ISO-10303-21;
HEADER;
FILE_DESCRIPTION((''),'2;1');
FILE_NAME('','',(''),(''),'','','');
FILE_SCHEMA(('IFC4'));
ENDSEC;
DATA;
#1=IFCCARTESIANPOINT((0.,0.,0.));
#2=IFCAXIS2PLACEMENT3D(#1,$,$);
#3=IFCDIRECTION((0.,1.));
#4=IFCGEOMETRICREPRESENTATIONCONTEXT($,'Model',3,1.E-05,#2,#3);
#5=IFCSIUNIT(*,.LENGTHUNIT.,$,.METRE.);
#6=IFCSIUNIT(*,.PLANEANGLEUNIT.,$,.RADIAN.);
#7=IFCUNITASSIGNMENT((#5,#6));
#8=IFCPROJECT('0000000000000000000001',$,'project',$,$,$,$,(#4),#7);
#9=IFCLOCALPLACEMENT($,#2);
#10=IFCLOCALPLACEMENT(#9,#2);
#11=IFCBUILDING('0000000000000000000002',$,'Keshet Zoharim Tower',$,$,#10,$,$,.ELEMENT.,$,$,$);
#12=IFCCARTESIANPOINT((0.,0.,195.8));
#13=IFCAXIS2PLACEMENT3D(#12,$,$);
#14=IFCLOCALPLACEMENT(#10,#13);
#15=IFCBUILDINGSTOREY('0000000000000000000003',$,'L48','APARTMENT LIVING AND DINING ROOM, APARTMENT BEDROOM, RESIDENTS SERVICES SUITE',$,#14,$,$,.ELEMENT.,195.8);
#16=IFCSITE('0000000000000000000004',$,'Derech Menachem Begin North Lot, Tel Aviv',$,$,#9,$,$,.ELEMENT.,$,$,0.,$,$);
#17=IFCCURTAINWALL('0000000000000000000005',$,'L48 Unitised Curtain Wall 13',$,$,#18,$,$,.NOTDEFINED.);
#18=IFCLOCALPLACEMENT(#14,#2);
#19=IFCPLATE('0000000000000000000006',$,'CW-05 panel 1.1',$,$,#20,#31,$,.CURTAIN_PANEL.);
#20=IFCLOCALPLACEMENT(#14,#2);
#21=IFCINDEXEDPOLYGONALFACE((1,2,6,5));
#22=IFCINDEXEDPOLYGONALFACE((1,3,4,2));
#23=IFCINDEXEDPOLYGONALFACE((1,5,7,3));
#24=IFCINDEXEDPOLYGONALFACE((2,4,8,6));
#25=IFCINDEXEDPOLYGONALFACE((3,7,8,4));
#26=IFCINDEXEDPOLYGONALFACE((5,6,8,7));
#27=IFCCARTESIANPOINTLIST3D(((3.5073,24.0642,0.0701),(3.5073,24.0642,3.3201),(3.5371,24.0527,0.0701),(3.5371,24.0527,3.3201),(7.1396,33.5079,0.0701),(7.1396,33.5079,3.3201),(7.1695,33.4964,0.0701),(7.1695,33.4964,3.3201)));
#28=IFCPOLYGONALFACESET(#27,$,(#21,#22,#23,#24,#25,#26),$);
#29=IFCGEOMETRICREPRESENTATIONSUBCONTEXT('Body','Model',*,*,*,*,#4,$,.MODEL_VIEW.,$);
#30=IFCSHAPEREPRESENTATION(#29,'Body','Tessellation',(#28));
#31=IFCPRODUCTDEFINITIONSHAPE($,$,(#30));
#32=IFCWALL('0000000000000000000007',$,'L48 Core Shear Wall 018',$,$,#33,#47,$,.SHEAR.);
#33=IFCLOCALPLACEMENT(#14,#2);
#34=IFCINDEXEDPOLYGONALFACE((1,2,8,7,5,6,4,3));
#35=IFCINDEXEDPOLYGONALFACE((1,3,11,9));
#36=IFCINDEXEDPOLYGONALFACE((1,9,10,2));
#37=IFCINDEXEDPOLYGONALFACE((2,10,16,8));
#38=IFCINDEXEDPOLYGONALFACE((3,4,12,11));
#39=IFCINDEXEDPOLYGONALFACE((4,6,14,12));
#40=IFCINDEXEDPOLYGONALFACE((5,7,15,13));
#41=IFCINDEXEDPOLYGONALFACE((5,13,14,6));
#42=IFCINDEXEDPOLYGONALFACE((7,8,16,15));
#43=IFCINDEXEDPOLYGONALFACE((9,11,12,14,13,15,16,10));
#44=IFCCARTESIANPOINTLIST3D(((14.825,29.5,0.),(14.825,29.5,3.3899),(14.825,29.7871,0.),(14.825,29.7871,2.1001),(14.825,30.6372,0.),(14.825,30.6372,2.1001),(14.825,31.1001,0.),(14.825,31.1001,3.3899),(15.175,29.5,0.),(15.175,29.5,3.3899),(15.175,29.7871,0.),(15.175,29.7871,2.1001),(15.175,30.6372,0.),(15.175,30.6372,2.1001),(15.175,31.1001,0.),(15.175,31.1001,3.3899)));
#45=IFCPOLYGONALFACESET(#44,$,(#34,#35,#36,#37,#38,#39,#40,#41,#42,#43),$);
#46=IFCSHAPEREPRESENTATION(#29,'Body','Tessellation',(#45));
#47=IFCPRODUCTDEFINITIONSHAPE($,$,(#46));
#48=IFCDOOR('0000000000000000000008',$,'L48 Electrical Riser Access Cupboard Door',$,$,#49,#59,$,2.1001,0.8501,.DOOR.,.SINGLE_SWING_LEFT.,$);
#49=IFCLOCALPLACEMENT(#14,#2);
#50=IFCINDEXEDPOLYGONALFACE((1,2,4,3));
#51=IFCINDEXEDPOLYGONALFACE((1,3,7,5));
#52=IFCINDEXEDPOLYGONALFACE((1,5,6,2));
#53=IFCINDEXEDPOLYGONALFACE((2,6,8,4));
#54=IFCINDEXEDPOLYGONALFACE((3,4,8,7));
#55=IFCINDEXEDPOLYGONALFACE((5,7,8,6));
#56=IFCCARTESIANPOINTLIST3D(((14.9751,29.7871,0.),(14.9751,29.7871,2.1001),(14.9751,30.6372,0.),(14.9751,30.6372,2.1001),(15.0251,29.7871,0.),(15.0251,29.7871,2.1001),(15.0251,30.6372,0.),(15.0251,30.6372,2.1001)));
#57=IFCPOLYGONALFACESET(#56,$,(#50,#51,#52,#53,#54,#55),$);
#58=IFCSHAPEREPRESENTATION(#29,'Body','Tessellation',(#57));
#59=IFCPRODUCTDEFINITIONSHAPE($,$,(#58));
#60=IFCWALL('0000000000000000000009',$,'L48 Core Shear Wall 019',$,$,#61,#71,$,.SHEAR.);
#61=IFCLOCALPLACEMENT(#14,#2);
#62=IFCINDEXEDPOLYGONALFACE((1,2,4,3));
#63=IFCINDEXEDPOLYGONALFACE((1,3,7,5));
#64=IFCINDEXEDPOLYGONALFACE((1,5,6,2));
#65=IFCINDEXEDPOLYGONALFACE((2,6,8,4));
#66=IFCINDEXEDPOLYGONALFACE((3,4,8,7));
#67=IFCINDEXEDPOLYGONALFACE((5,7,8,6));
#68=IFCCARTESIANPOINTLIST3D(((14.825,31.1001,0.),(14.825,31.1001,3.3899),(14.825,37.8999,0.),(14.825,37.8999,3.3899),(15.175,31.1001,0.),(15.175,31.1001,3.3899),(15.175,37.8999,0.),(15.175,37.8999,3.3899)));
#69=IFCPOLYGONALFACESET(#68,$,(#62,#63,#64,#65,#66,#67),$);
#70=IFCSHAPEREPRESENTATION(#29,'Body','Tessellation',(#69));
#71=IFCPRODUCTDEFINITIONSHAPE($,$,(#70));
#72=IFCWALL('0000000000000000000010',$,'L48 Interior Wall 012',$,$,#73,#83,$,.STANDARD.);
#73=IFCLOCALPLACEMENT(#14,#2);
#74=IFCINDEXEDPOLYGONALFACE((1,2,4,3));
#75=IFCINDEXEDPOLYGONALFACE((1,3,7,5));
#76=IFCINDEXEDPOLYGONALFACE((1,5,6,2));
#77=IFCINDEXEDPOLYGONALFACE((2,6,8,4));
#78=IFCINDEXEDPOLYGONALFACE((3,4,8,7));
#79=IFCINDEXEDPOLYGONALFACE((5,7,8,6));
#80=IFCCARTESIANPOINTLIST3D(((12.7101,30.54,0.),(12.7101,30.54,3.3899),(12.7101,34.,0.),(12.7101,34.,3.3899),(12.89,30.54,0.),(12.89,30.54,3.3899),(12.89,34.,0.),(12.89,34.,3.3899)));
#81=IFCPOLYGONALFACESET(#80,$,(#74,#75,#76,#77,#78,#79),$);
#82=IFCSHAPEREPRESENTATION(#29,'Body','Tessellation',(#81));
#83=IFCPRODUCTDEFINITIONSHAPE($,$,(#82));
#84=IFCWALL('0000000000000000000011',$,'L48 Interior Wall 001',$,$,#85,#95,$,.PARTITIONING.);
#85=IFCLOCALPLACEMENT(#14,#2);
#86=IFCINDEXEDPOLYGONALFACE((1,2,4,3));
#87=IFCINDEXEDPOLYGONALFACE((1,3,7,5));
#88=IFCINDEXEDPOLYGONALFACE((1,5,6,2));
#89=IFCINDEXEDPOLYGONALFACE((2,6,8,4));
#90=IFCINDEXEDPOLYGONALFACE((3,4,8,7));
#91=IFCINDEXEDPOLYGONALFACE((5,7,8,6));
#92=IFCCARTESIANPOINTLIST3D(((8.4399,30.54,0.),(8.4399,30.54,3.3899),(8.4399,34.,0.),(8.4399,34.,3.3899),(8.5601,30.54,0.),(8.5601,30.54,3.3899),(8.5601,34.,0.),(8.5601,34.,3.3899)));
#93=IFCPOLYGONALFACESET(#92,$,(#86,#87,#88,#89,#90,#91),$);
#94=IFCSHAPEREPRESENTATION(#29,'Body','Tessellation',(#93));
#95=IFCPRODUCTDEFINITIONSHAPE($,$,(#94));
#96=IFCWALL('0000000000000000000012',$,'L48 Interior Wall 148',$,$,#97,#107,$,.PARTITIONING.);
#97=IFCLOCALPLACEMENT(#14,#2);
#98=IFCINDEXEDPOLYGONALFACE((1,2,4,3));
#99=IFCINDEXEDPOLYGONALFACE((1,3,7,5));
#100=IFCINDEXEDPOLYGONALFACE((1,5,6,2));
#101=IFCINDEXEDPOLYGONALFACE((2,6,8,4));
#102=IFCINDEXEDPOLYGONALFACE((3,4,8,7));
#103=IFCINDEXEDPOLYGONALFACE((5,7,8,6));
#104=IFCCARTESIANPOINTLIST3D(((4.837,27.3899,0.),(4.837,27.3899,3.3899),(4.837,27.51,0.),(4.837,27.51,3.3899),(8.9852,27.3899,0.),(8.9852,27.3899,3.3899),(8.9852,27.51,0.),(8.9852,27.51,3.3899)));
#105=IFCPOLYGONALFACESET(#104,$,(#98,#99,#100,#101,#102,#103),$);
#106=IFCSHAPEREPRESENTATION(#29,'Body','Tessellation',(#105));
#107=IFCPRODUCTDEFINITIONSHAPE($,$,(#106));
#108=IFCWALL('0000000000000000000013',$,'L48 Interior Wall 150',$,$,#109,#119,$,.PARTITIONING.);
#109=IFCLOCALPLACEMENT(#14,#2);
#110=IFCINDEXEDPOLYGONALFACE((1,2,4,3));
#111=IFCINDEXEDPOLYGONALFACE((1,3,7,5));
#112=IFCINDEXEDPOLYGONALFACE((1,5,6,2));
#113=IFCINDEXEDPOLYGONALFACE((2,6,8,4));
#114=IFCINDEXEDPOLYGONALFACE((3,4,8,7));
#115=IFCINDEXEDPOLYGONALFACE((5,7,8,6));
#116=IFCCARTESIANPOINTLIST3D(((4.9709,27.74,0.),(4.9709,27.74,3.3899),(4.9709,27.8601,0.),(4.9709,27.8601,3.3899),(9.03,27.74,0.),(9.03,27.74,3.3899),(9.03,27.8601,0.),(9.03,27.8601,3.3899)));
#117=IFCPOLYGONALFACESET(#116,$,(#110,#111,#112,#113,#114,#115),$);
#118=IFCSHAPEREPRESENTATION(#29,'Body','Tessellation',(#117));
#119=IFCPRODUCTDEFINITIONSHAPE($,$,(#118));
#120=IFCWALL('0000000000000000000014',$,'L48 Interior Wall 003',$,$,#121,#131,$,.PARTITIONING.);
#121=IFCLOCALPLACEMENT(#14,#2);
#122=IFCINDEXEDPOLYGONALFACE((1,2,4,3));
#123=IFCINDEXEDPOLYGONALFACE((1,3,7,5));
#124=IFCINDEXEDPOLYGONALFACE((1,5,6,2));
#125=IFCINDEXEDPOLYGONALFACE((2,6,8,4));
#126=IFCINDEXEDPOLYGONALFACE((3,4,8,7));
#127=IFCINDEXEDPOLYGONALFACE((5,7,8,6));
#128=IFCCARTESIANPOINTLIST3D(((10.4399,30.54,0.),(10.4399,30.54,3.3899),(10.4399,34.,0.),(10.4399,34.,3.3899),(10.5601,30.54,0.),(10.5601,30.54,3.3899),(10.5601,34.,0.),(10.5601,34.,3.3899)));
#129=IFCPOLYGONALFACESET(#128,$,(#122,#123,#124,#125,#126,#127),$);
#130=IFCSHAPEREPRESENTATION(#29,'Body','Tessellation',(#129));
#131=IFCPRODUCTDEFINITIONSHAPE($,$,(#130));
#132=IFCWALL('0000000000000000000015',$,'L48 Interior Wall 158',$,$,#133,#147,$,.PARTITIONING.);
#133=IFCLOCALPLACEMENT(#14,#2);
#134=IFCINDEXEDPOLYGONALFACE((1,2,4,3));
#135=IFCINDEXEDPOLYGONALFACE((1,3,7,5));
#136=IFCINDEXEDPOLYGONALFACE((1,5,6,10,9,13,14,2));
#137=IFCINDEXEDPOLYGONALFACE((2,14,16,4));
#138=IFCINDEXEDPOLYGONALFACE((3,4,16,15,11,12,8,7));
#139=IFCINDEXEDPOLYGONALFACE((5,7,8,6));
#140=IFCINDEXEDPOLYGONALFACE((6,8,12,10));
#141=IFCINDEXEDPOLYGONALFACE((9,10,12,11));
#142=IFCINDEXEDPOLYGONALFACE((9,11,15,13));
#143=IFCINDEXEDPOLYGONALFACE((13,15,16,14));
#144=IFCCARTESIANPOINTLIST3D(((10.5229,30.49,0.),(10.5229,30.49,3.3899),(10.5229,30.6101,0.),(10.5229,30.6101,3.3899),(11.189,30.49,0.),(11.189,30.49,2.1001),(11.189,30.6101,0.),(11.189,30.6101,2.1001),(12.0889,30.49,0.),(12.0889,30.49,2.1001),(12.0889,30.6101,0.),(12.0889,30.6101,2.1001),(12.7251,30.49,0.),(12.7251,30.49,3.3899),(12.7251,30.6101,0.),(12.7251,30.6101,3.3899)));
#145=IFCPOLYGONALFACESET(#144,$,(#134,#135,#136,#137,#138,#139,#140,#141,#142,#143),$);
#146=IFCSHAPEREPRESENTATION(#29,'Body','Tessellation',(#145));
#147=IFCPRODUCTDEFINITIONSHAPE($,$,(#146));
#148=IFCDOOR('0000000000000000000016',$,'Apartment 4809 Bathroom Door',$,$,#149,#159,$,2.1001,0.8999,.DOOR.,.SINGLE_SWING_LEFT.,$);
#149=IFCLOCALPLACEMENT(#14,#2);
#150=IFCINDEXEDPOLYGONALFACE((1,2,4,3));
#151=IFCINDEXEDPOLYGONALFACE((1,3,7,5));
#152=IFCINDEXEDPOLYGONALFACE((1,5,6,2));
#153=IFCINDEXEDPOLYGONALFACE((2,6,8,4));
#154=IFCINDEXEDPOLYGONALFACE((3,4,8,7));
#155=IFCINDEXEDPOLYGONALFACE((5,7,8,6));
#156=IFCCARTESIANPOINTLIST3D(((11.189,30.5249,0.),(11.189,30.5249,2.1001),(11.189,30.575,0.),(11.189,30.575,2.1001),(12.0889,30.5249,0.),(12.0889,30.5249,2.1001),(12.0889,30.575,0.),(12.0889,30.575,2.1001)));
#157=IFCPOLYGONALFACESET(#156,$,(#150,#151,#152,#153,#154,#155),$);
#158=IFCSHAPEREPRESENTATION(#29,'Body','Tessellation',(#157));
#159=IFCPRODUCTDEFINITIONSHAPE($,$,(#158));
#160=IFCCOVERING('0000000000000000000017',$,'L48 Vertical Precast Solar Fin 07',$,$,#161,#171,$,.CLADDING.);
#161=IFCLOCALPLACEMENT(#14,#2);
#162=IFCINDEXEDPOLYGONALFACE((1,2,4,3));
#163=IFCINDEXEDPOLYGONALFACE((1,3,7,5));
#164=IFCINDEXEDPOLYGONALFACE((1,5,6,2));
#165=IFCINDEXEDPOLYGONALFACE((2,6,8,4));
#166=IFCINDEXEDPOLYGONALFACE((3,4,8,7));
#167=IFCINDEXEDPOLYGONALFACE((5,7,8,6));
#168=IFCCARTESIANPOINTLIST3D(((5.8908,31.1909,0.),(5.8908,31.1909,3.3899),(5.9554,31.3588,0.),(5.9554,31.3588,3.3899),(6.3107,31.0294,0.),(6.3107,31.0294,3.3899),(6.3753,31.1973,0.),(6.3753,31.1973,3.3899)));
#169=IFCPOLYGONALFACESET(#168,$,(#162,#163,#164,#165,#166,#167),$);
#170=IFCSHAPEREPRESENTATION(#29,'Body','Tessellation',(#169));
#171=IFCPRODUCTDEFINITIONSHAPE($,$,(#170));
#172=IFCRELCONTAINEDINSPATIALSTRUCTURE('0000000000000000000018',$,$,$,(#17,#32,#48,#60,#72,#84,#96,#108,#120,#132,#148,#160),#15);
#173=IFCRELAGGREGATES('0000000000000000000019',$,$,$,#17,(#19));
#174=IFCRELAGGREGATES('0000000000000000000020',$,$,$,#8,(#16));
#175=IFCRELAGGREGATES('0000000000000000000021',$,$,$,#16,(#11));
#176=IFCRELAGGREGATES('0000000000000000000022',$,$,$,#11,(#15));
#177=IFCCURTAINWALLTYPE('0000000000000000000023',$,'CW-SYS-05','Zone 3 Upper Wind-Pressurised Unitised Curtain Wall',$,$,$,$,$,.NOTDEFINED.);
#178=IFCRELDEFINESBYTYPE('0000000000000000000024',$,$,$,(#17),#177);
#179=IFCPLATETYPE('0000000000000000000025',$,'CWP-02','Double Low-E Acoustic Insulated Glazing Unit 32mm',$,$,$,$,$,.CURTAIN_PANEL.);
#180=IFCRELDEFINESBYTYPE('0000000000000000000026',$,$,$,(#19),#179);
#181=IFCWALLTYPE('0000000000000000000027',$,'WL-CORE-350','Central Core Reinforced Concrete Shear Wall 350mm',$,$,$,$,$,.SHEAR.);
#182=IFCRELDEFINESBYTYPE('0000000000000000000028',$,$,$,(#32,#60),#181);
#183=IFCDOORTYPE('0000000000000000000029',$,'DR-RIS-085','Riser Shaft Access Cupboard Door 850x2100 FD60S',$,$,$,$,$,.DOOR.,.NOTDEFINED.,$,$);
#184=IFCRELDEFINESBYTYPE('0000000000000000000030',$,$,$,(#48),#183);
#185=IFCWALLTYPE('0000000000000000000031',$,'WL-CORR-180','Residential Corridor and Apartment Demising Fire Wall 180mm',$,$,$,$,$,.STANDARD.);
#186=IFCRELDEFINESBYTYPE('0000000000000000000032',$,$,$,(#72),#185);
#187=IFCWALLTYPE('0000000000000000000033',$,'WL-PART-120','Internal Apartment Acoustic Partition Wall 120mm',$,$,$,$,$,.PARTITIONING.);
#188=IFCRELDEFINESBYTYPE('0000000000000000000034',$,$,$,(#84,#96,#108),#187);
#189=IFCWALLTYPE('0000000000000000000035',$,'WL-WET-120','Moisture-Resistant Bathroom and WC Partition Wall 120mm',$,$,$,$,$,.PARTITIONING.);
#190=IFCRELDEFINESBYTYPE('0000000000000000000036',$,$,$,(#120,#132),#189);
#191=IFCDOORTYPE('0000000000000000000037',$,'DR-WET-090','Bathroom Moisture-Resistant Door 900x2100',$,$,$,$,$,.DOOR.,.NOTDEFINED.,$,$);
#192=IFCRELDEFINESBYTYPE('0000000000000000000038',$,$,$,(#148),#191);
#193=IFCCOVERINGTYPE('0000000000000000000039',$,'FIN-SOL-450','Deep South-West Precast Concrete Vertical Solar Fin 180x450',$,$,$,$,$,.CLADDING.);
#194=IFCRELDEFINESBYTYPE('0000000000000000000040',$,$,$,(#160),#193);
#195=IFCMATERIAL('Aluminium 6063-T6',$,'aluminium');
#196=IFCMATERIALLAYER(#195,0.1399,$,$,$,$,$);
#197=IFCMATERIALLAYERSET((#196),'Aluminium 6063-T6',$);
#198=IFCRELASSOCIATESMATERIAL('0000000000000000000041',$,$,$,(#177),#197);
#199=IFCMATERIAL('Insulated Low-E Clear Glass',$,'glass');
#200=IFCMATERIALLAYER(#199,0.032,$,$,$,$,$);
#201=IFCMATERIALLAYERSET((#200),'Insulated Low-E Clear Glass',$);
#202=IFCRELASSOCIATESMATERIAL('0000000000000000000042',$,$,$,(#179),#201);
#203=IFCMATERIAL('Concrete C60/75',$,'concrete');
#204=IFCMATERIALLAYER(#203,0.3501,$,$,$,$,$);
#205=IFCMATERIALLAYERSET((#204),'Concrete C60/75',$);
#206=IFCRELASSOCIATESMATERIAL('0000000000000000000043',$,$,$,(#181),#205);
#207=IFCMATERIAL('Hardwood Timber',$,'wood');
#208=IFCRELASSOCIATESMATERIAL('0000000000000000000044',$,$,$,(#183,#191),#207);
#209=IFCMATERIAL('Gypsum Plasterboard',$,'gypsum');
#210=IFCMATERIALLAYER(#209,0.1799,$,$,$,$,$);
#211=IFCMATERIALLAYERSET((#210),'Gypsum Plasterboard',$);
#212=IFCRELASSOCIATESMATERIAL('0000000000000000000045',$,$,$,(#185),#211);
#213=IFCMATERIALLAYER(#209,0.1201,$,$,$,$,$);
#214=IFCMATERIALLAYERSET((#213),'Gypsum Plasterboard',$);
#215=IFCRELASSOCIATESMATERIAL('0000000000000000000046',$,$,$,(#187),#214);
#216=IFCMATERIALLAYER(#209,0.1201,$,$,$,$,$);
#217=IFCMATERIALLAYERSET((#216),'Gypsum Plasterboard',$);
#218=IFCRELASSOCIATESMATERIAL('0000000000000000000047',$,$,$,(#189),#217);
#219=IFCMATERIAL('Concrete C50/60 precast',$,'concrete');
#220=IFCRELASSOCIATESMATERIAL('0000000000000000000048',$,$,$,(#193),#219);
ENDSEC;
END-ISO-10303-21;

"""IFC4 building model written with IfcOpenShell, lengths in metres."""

from ifc_helpers import new_model, si_unit, direction, frame, frame_2d, origin, origin_2d, place, context, subcontext, project, spatial, rectangle, extrude, material, layer, layer_set, type_object, element, fill, aggregate, save


model = new_model("IFC4")

# Units and contexts
model_context = context("Model", 3, precision=1e-05, world=origin(), true_north=direction((0.0, 1.0)))
body_context = subcontext(model_context, "Body", "Model", "MODEL_VIEW")
ifc_project = project(units=[si_unit("LENGTHUNIT", "METRE"), si_unit("PLANEANGLEUNIT", "RADIAN")], contexts=[model_context])

# Site, building, storey
site_placement = place(None, origin())
site = spatial("IfcSite", under=ifc_project, at=site_placement, Name="Derech Menachem Begin North Lot, Tel Aviv", CompositionType="ELEMENT", RefElevation=0.0)
building_placement = place(site_placement, origin())
building = spatial("IfcBuilding", under=site, at=building_placement, Name="Keshet Zoharim Tower", CompositionType="ELEMENT")
storey_placement = place(building_placement, frame((0.0, 0.0, 195.8)))
storey = spatial("IfcBuildingStorey", under=building, at=storey_placement, Name="L48", Description="APARTMENT LIVING AND DINING ROOM, APARTMENT BEDROOM, RESIDENTS SERVICES SUITE", CompositionType="ELEMENT", Elevation=195.8)

# Curtain wall, plate
ifc_material_1 = material(Name="Aluminium 6063-T6", Category="aluminium")
ifc_layer_1 = layer(ifc_material_1, 0.1399)
ifc_layer_set_1 = layer_set([ifc_layer_1], Name="Aluminium 6063-T6")
curtain_wall_type = type_object("IfcCurtainWallType", Name="CW-SYS-05", Description="Zone 3 Upper Wind-Pressurised Unitised Curtain Wall", PredefinedType="NOTDEFINED", material=ifc_layer_set_1)
curtain_wall_placement = place(storey_placement, origin())
curtain_wall = element("IfcCurtainWall", 1, at=curtain_wall_placement, inside=storey, type_object=curtain_wall_type, Name="L48 Unitised Curtain Wall 13", PredefinedType="NOTDEFINED")
ifc_material_2 = material(Name="Insulated Low-E Clear Glass", Category="glass")
ifc_layer_2 = layer(ifc_material_2, 0.032)
ifc_layer_set_2 = layer_set([ifc_layer_2], Name="Insulated Low-E Clear Glass")
plate_type = type_object("IfcPlateType", Name="CWP-02", Description="Double Low-E Acoustic Insulated Glazing Unit 32mm", PredefinedType="CURTAIN_PANEL", material=ifc_layer_set_2)
plate_placement = place(storey_placement, frame((5.3384, 28.7803, 0.0701), z_axis=(0.0, 0.0, 1.0), x_axis=(0.35899, 0.933341, 0.0)))
plate = element("IfcPlate", 2, at=plate_placement, type_object=plate_type, Name="CW-05 panel 1.1", PredefinedType="CURTAIN_PANEL", context=body_context, shape_type="SweptSolid", body=[
    extrude(rectangle(XDim=10.1182, YDim=0.032, at=origin_2d()), origin(), (0.0, 0.0, 1.0), 3.25),
])
aggregate(curtain_wall, [plate])

# Wall, opening, door
ifc_material_3 = material(Name="Concrete C60/75", Category="concrete")
ifc_layer_3 = layer(ifc_material_3, 0.3501)
ifc_layer_set_3 = layer_set([ifc_layer_3], Name="Concrete C60/75")
wall_type_1 = type_object("IfcWallType", Name="WL-CORE-350", Description="Central Core Reinforced Concrete Shear Wall 350mm", PredefinedType="SHEAR", material=ifc_layer_set_3)
wall_1_placement = place(storey_placement, frame((15.0, 29.5, 0.0), z_axis=(0.0, 0.0, 1.0), x_axis=(0.0, 1.0, 0.0)))
wall_1 = element("IfcWall", 3, at=wall_1_placement, inside=storey, type_object=wall_type_1, Name="L48 Core Shear Wall 018", PredefinedType="SHEAR", context=body_context, shape_type="SweptSolid", body=[
    extrude(rectangle(XDim=1.6001, YDim=0.3501, at=frame_2d((0.8, 0.0))), origin(), (0.0, 0.0, 1.0), 3.3899),
])
opening_1_placement = place(wall_1_placement, frame((0.2871, 0.0, 0.0)))
opening_1 = element("IfcOpeningElement", 4, at=opening_1_placement, cuts=wall_1, PredefinedType="OPENING", context=body_context, shape_type="SweptSolid", body=[
    extrude(rectangle(XDim=0.8501, YDim=2.1001, at=frame_2d((0.425, 1.05))), frame((0.0, 0.1851, 0.0), z_axis=(0.0, -1.0, 0.0), x_axis=(1.0, 0.0, 0.0)), (0.0, 0.0, 1.0), 0.3701),
])
ifc_material_4 = material(Name="Hardwood Timber", Category="wood")
door_type_1 = type_object("IfcDoorType", Name="DR-RIS-085", Description="Riser Shaft Access Cupboard Door 850x2100 FD60S", OperationType="NOTDEFINED", PredefinedType="DOOR", material=ifc_material_4)
door_1_placement = place(opening_1_placement, origin())
door_1 = element("IfcDoor", 5, at=door_1_placement, inside=storey, type_object=door_type_1, Name="L48 Electrical Riser Access Cupboard Door", OperationType="SINGLE_SWING_LEFT", OverallHeight=2.1001, OverallWidth=0.8501, PredefinedType="DOOR", context=body_context, shape_type="SweptSolid", body=[
    extrude(rectangle(XDim=0.8501, YDim=2.1001, at=frame_2d((0.425, 1.05))), frame((0.0, 0.0249, 0.0), z_axis=(0.0, -1.0, 0.0), x_axis=(1.0, 0.0, 0.0)), (0.0, 0.0, 1.0), 0.05),
])
fill(opening_1, door_1)

# Wall
wall_2_placement = place(storey_placement, frame((15.0, 31.1001, 0.0), z_axis=(0.0, 0.0, 1.0), x_axis=(0.0, 1.0, 0.0)))
element("IfcWall", 6, at=wall_2_placement, inside=storey, type_object=wall_type_1, Name="L48 Core Shear Wall 019", PredefinedType="SHEAR", context=body_context, shape_type="SweptSolid", body=[
    extrude(rectangle(XDim=6.7998, YDim=0.3501, at=frame_2d((3.3999, 0.0))), origin(), (0.0, 0.0, 1.0), 3.3899),
])

# Shared definitions
ifc_material_5 = material(Name="Gypsum Plasterboard", Category="gypsum")
ifc_layer_4 = layer(ifc_material_5, 0.1799)
ifc_layer_set_4 = layer_set([ifc_layer_4], Name="Gypsum Plasterboard")
wall_type_2 = type_object("IfcWallType", Name="WL-CORR-180", Description="Residential Corridor and Apartment Demising Fire Wall 180mm", PredefinedType="STANDARD", material=ifc_layer_set_4)

# Walls
wall_3_placement = place(storey_placement, frame((12.8, 30.54, 0.0), z_axis=(0.0, 0.0, 1.0), x_axis=(0.0, 1.0, 0.0)))
element("IfcWall", 7, at=wall_3_placement, inside=storey, type_object=wall_type_2, Name="L48 Interior Wall 012", PredefinedType="STANDARD", context=body_context, shape_type="SweptSolid", body=[
    extrude(rectangle(XDim=3.46, YDim=0.1799, at=frame_2d((1.73, 0.0))), origin(), (0.0, 0.0, 1.0), 3.3899),
])
ifc_layer_5 = layer(ifc_material_5, 0.1201)
ifc_layer_set_5 = layer_set([ifc_layer_5], Name="Gypsum Plasterboard")
wall_type_3 = type_object("IfcWallType", Name="WL-PART-120", Description="Internal Apartment Acoustic Partition Wall 120mm", PredefinedType="PARTITIONING", material=ifc_layer_set_5)
wall_4_placement = place(storey_placement, frame((8.5, 30.54, 0.0), z_axis=(0.0, 0.0, 1.0), x_axis=(0.0, 1.0, 0.0)))
element("IfcWall", 8, at=wall_4_placement, inside=storey, type_object=wall_type_3, Name="L48 Interior Wall 001", PredefinedType="PARTITIONING", context=body_context, shape_type="SweptSolid", body=[
    extrude(rectangle(XDim=3.46, YDim=0.1201, at=frame_2d((1.73, 0.0))), origin(), (0.0, 0.0, 1.0), 3.3899),
])
wall_5_placement = place(storey_placement, frame((4.8369, 27.45, 0.0), z_axis=(0.0, 0.0, 1.0), x_axis=(1.0, 0.0, 0.0)))
element("IfcWall", 9, at=wall_5_placement, inside=storey, type_object=wall_type_3, Name="L48 Interior Wall 148", PredefinedType="PARTITIONING", context=body_context, shape_type="SweptSolid", body=[
    extrude(rectangle(XDim=4.1482, YDim=0.1201, at=frame_2d((2.0742, 0.0))), origin(), (0.0, 0.0, 1.0), 3.3899),
])
wall_6_placement = place(storey_placement, frame((4.9709, 27.8, 0.0), z_axis=(0.0, 0.0, 1.0), x_axis=(1.0, 0.0, 0.0)))
element("IfcWall", 10, at=wall_6_placement, inside=storey, type_object=wall_type_3, Name="L48 Interior Wall 150", PredefinedType="PARTITIONING", context=body_context, shape_type="SweptSolid", body=[
    extrude(rectangle(XDim=4.0591, YDim=0.1201, at=frame_2d((2.0295, 0.0))), origin(), (0.0, 0.0, 1.0), 3.3899),
])

# Wall
ifc_layer_6 = layer(ifc_material_5, 0.1201)
ifc_layer_set_6 = layer_set([ifc_layer_6], Name="Gypsum Plasterboard")
wall_type_4 = type_object("IfcWallType", Name="WL-WET-120", Description="Moisture-Resistant Bathroom and WC Partition Wall 120mm", PredefinedType="PARTITIONING", material=ifc_layer_set_6)
wall_7_placement = place(storey_placement, frame((10.5, 30.54, 0.0), z_axis=(0.0, 0.0, 1.0), x_axis=(0.0, 1.0, 0.0)))
element("IfcWall", 11, at=wall_7_placement, inside=storey, type_object=wall_type_4, Name="L48 Interior Wall 003", PredefinedType="PARTITIONING", context=body_context, shape_type="SweptSolid", body=[
    extrude(rectangle(XDim=3.46, YDim=0.1201, at=frame_2d((1.73, 0.0))), origin(), (0.0, 0.0, 1.0), 3.3899),
])

# Wall, opening, door
wall_8_placement = place(storey_placement, frame((10.5229, 30.55, 0.0), z_axis=(0.0, 0.0, 1.0), x_axis=(1.0, 0.0, 0.0)))
wall_8 = element("IfcWall", 12, at=wall_8_placement, inside=storey, type_object=wall_type_4, Name="L48 Interior Wall 158", PredefinedType="PARTITIONING", context=body_context, shape_type="SweptSolid", body=[
    extrude(rectangle(XDim=2.2021, YDim=0.1201, at=frame_2d((1.1011, 0.0))), origin(), (0.0, 0.0, 1.0), 3.3899),
])
opening_2_placement = place(wall_8_placement, frame((0.666, 0.0, 0.0)))
opening_2 = element("IfcOpeningElement", 13, at=opening_2_placement, cuts=wall_8, PredefinedType="OPENING", context=body_context, shape_type="SweptSolid", body=[
    extrude(rectangle(XDim=0.8999, YDim=2.1001, at=frame_2d((0.45, 1.05))), frame((0.0, 0.0701, 0.0), z_axis=(0.0, -1.0, 0.0), x_axis=(1.0, 0.0, 0.0)), (0.0, 0.0, 1.0), 0.1401),
])
door_type_2 = type_object("IfcDoorType", Name="DR-WET-090", Description="Bathroom Moisture-Resistant Door 900x2100", OperationType="NOTDEFINED", PredefinedType="DOOR", material=ifc_material_4)
door_2_placement = place(opening_2_placement, origin())
door_2 = element("IfcDoor", 14, at=door_2_placement, inside=storey, type_object=door_type_2, Name="Apartment 4809 Bathroom Door", OperationType="SINGLE_SWING_LEFT", OverallHeight=2.1001, OverallWidth=0.8999, PredefinedType="DOOR", context=body_context, shape_type="SweptSolid", body=[
    extrude(rectangle(XDim=0.8999, YDim=2.1001, at=frame_2d((0.45, 1.05))), frame((0.0, 0.0249, 0.0), z_axis=(0.0, -1.0, 0.0), x_axis=(1.0, 0.0, 0.0)), (0.0, 0.0, 1.0), 0.05),
])
fill(opening_2, door_2)

# Covering
ifc_material_6 = material(Name="Concrete C50/60 precast", Category="concrete")
covering_type = type_object("IfcCoveringType", Name="FIN-SOL-450", Description="Deep South-West Precast Concrete Vertical Solar Fin 180x450", PredefinedType="CLADDING", material=ifc_material_6)
covering_placement = place(storey_placement, frame((6.1331, 31.1941, 0.0), z_axis=(0.0, 0.0, 1.0), x_axis=(0.35899, 0.933341, 0.0)))
element("IfcCovering", 15, at=covering_placement, inside=storey, type_object=covering_type, Name="L48 Vertical Precast Solar Fin 07", PredefinedType="CLADDING", context=body_context, shape_type="SweptSolid", body=[
    extrude(rectangle(XDim=0.1799, YDim=0.45, at=origin_2d()), origin(), (0.0, 0.0, 1.0), 3.3899),
])

save(model, "model.ifc")
